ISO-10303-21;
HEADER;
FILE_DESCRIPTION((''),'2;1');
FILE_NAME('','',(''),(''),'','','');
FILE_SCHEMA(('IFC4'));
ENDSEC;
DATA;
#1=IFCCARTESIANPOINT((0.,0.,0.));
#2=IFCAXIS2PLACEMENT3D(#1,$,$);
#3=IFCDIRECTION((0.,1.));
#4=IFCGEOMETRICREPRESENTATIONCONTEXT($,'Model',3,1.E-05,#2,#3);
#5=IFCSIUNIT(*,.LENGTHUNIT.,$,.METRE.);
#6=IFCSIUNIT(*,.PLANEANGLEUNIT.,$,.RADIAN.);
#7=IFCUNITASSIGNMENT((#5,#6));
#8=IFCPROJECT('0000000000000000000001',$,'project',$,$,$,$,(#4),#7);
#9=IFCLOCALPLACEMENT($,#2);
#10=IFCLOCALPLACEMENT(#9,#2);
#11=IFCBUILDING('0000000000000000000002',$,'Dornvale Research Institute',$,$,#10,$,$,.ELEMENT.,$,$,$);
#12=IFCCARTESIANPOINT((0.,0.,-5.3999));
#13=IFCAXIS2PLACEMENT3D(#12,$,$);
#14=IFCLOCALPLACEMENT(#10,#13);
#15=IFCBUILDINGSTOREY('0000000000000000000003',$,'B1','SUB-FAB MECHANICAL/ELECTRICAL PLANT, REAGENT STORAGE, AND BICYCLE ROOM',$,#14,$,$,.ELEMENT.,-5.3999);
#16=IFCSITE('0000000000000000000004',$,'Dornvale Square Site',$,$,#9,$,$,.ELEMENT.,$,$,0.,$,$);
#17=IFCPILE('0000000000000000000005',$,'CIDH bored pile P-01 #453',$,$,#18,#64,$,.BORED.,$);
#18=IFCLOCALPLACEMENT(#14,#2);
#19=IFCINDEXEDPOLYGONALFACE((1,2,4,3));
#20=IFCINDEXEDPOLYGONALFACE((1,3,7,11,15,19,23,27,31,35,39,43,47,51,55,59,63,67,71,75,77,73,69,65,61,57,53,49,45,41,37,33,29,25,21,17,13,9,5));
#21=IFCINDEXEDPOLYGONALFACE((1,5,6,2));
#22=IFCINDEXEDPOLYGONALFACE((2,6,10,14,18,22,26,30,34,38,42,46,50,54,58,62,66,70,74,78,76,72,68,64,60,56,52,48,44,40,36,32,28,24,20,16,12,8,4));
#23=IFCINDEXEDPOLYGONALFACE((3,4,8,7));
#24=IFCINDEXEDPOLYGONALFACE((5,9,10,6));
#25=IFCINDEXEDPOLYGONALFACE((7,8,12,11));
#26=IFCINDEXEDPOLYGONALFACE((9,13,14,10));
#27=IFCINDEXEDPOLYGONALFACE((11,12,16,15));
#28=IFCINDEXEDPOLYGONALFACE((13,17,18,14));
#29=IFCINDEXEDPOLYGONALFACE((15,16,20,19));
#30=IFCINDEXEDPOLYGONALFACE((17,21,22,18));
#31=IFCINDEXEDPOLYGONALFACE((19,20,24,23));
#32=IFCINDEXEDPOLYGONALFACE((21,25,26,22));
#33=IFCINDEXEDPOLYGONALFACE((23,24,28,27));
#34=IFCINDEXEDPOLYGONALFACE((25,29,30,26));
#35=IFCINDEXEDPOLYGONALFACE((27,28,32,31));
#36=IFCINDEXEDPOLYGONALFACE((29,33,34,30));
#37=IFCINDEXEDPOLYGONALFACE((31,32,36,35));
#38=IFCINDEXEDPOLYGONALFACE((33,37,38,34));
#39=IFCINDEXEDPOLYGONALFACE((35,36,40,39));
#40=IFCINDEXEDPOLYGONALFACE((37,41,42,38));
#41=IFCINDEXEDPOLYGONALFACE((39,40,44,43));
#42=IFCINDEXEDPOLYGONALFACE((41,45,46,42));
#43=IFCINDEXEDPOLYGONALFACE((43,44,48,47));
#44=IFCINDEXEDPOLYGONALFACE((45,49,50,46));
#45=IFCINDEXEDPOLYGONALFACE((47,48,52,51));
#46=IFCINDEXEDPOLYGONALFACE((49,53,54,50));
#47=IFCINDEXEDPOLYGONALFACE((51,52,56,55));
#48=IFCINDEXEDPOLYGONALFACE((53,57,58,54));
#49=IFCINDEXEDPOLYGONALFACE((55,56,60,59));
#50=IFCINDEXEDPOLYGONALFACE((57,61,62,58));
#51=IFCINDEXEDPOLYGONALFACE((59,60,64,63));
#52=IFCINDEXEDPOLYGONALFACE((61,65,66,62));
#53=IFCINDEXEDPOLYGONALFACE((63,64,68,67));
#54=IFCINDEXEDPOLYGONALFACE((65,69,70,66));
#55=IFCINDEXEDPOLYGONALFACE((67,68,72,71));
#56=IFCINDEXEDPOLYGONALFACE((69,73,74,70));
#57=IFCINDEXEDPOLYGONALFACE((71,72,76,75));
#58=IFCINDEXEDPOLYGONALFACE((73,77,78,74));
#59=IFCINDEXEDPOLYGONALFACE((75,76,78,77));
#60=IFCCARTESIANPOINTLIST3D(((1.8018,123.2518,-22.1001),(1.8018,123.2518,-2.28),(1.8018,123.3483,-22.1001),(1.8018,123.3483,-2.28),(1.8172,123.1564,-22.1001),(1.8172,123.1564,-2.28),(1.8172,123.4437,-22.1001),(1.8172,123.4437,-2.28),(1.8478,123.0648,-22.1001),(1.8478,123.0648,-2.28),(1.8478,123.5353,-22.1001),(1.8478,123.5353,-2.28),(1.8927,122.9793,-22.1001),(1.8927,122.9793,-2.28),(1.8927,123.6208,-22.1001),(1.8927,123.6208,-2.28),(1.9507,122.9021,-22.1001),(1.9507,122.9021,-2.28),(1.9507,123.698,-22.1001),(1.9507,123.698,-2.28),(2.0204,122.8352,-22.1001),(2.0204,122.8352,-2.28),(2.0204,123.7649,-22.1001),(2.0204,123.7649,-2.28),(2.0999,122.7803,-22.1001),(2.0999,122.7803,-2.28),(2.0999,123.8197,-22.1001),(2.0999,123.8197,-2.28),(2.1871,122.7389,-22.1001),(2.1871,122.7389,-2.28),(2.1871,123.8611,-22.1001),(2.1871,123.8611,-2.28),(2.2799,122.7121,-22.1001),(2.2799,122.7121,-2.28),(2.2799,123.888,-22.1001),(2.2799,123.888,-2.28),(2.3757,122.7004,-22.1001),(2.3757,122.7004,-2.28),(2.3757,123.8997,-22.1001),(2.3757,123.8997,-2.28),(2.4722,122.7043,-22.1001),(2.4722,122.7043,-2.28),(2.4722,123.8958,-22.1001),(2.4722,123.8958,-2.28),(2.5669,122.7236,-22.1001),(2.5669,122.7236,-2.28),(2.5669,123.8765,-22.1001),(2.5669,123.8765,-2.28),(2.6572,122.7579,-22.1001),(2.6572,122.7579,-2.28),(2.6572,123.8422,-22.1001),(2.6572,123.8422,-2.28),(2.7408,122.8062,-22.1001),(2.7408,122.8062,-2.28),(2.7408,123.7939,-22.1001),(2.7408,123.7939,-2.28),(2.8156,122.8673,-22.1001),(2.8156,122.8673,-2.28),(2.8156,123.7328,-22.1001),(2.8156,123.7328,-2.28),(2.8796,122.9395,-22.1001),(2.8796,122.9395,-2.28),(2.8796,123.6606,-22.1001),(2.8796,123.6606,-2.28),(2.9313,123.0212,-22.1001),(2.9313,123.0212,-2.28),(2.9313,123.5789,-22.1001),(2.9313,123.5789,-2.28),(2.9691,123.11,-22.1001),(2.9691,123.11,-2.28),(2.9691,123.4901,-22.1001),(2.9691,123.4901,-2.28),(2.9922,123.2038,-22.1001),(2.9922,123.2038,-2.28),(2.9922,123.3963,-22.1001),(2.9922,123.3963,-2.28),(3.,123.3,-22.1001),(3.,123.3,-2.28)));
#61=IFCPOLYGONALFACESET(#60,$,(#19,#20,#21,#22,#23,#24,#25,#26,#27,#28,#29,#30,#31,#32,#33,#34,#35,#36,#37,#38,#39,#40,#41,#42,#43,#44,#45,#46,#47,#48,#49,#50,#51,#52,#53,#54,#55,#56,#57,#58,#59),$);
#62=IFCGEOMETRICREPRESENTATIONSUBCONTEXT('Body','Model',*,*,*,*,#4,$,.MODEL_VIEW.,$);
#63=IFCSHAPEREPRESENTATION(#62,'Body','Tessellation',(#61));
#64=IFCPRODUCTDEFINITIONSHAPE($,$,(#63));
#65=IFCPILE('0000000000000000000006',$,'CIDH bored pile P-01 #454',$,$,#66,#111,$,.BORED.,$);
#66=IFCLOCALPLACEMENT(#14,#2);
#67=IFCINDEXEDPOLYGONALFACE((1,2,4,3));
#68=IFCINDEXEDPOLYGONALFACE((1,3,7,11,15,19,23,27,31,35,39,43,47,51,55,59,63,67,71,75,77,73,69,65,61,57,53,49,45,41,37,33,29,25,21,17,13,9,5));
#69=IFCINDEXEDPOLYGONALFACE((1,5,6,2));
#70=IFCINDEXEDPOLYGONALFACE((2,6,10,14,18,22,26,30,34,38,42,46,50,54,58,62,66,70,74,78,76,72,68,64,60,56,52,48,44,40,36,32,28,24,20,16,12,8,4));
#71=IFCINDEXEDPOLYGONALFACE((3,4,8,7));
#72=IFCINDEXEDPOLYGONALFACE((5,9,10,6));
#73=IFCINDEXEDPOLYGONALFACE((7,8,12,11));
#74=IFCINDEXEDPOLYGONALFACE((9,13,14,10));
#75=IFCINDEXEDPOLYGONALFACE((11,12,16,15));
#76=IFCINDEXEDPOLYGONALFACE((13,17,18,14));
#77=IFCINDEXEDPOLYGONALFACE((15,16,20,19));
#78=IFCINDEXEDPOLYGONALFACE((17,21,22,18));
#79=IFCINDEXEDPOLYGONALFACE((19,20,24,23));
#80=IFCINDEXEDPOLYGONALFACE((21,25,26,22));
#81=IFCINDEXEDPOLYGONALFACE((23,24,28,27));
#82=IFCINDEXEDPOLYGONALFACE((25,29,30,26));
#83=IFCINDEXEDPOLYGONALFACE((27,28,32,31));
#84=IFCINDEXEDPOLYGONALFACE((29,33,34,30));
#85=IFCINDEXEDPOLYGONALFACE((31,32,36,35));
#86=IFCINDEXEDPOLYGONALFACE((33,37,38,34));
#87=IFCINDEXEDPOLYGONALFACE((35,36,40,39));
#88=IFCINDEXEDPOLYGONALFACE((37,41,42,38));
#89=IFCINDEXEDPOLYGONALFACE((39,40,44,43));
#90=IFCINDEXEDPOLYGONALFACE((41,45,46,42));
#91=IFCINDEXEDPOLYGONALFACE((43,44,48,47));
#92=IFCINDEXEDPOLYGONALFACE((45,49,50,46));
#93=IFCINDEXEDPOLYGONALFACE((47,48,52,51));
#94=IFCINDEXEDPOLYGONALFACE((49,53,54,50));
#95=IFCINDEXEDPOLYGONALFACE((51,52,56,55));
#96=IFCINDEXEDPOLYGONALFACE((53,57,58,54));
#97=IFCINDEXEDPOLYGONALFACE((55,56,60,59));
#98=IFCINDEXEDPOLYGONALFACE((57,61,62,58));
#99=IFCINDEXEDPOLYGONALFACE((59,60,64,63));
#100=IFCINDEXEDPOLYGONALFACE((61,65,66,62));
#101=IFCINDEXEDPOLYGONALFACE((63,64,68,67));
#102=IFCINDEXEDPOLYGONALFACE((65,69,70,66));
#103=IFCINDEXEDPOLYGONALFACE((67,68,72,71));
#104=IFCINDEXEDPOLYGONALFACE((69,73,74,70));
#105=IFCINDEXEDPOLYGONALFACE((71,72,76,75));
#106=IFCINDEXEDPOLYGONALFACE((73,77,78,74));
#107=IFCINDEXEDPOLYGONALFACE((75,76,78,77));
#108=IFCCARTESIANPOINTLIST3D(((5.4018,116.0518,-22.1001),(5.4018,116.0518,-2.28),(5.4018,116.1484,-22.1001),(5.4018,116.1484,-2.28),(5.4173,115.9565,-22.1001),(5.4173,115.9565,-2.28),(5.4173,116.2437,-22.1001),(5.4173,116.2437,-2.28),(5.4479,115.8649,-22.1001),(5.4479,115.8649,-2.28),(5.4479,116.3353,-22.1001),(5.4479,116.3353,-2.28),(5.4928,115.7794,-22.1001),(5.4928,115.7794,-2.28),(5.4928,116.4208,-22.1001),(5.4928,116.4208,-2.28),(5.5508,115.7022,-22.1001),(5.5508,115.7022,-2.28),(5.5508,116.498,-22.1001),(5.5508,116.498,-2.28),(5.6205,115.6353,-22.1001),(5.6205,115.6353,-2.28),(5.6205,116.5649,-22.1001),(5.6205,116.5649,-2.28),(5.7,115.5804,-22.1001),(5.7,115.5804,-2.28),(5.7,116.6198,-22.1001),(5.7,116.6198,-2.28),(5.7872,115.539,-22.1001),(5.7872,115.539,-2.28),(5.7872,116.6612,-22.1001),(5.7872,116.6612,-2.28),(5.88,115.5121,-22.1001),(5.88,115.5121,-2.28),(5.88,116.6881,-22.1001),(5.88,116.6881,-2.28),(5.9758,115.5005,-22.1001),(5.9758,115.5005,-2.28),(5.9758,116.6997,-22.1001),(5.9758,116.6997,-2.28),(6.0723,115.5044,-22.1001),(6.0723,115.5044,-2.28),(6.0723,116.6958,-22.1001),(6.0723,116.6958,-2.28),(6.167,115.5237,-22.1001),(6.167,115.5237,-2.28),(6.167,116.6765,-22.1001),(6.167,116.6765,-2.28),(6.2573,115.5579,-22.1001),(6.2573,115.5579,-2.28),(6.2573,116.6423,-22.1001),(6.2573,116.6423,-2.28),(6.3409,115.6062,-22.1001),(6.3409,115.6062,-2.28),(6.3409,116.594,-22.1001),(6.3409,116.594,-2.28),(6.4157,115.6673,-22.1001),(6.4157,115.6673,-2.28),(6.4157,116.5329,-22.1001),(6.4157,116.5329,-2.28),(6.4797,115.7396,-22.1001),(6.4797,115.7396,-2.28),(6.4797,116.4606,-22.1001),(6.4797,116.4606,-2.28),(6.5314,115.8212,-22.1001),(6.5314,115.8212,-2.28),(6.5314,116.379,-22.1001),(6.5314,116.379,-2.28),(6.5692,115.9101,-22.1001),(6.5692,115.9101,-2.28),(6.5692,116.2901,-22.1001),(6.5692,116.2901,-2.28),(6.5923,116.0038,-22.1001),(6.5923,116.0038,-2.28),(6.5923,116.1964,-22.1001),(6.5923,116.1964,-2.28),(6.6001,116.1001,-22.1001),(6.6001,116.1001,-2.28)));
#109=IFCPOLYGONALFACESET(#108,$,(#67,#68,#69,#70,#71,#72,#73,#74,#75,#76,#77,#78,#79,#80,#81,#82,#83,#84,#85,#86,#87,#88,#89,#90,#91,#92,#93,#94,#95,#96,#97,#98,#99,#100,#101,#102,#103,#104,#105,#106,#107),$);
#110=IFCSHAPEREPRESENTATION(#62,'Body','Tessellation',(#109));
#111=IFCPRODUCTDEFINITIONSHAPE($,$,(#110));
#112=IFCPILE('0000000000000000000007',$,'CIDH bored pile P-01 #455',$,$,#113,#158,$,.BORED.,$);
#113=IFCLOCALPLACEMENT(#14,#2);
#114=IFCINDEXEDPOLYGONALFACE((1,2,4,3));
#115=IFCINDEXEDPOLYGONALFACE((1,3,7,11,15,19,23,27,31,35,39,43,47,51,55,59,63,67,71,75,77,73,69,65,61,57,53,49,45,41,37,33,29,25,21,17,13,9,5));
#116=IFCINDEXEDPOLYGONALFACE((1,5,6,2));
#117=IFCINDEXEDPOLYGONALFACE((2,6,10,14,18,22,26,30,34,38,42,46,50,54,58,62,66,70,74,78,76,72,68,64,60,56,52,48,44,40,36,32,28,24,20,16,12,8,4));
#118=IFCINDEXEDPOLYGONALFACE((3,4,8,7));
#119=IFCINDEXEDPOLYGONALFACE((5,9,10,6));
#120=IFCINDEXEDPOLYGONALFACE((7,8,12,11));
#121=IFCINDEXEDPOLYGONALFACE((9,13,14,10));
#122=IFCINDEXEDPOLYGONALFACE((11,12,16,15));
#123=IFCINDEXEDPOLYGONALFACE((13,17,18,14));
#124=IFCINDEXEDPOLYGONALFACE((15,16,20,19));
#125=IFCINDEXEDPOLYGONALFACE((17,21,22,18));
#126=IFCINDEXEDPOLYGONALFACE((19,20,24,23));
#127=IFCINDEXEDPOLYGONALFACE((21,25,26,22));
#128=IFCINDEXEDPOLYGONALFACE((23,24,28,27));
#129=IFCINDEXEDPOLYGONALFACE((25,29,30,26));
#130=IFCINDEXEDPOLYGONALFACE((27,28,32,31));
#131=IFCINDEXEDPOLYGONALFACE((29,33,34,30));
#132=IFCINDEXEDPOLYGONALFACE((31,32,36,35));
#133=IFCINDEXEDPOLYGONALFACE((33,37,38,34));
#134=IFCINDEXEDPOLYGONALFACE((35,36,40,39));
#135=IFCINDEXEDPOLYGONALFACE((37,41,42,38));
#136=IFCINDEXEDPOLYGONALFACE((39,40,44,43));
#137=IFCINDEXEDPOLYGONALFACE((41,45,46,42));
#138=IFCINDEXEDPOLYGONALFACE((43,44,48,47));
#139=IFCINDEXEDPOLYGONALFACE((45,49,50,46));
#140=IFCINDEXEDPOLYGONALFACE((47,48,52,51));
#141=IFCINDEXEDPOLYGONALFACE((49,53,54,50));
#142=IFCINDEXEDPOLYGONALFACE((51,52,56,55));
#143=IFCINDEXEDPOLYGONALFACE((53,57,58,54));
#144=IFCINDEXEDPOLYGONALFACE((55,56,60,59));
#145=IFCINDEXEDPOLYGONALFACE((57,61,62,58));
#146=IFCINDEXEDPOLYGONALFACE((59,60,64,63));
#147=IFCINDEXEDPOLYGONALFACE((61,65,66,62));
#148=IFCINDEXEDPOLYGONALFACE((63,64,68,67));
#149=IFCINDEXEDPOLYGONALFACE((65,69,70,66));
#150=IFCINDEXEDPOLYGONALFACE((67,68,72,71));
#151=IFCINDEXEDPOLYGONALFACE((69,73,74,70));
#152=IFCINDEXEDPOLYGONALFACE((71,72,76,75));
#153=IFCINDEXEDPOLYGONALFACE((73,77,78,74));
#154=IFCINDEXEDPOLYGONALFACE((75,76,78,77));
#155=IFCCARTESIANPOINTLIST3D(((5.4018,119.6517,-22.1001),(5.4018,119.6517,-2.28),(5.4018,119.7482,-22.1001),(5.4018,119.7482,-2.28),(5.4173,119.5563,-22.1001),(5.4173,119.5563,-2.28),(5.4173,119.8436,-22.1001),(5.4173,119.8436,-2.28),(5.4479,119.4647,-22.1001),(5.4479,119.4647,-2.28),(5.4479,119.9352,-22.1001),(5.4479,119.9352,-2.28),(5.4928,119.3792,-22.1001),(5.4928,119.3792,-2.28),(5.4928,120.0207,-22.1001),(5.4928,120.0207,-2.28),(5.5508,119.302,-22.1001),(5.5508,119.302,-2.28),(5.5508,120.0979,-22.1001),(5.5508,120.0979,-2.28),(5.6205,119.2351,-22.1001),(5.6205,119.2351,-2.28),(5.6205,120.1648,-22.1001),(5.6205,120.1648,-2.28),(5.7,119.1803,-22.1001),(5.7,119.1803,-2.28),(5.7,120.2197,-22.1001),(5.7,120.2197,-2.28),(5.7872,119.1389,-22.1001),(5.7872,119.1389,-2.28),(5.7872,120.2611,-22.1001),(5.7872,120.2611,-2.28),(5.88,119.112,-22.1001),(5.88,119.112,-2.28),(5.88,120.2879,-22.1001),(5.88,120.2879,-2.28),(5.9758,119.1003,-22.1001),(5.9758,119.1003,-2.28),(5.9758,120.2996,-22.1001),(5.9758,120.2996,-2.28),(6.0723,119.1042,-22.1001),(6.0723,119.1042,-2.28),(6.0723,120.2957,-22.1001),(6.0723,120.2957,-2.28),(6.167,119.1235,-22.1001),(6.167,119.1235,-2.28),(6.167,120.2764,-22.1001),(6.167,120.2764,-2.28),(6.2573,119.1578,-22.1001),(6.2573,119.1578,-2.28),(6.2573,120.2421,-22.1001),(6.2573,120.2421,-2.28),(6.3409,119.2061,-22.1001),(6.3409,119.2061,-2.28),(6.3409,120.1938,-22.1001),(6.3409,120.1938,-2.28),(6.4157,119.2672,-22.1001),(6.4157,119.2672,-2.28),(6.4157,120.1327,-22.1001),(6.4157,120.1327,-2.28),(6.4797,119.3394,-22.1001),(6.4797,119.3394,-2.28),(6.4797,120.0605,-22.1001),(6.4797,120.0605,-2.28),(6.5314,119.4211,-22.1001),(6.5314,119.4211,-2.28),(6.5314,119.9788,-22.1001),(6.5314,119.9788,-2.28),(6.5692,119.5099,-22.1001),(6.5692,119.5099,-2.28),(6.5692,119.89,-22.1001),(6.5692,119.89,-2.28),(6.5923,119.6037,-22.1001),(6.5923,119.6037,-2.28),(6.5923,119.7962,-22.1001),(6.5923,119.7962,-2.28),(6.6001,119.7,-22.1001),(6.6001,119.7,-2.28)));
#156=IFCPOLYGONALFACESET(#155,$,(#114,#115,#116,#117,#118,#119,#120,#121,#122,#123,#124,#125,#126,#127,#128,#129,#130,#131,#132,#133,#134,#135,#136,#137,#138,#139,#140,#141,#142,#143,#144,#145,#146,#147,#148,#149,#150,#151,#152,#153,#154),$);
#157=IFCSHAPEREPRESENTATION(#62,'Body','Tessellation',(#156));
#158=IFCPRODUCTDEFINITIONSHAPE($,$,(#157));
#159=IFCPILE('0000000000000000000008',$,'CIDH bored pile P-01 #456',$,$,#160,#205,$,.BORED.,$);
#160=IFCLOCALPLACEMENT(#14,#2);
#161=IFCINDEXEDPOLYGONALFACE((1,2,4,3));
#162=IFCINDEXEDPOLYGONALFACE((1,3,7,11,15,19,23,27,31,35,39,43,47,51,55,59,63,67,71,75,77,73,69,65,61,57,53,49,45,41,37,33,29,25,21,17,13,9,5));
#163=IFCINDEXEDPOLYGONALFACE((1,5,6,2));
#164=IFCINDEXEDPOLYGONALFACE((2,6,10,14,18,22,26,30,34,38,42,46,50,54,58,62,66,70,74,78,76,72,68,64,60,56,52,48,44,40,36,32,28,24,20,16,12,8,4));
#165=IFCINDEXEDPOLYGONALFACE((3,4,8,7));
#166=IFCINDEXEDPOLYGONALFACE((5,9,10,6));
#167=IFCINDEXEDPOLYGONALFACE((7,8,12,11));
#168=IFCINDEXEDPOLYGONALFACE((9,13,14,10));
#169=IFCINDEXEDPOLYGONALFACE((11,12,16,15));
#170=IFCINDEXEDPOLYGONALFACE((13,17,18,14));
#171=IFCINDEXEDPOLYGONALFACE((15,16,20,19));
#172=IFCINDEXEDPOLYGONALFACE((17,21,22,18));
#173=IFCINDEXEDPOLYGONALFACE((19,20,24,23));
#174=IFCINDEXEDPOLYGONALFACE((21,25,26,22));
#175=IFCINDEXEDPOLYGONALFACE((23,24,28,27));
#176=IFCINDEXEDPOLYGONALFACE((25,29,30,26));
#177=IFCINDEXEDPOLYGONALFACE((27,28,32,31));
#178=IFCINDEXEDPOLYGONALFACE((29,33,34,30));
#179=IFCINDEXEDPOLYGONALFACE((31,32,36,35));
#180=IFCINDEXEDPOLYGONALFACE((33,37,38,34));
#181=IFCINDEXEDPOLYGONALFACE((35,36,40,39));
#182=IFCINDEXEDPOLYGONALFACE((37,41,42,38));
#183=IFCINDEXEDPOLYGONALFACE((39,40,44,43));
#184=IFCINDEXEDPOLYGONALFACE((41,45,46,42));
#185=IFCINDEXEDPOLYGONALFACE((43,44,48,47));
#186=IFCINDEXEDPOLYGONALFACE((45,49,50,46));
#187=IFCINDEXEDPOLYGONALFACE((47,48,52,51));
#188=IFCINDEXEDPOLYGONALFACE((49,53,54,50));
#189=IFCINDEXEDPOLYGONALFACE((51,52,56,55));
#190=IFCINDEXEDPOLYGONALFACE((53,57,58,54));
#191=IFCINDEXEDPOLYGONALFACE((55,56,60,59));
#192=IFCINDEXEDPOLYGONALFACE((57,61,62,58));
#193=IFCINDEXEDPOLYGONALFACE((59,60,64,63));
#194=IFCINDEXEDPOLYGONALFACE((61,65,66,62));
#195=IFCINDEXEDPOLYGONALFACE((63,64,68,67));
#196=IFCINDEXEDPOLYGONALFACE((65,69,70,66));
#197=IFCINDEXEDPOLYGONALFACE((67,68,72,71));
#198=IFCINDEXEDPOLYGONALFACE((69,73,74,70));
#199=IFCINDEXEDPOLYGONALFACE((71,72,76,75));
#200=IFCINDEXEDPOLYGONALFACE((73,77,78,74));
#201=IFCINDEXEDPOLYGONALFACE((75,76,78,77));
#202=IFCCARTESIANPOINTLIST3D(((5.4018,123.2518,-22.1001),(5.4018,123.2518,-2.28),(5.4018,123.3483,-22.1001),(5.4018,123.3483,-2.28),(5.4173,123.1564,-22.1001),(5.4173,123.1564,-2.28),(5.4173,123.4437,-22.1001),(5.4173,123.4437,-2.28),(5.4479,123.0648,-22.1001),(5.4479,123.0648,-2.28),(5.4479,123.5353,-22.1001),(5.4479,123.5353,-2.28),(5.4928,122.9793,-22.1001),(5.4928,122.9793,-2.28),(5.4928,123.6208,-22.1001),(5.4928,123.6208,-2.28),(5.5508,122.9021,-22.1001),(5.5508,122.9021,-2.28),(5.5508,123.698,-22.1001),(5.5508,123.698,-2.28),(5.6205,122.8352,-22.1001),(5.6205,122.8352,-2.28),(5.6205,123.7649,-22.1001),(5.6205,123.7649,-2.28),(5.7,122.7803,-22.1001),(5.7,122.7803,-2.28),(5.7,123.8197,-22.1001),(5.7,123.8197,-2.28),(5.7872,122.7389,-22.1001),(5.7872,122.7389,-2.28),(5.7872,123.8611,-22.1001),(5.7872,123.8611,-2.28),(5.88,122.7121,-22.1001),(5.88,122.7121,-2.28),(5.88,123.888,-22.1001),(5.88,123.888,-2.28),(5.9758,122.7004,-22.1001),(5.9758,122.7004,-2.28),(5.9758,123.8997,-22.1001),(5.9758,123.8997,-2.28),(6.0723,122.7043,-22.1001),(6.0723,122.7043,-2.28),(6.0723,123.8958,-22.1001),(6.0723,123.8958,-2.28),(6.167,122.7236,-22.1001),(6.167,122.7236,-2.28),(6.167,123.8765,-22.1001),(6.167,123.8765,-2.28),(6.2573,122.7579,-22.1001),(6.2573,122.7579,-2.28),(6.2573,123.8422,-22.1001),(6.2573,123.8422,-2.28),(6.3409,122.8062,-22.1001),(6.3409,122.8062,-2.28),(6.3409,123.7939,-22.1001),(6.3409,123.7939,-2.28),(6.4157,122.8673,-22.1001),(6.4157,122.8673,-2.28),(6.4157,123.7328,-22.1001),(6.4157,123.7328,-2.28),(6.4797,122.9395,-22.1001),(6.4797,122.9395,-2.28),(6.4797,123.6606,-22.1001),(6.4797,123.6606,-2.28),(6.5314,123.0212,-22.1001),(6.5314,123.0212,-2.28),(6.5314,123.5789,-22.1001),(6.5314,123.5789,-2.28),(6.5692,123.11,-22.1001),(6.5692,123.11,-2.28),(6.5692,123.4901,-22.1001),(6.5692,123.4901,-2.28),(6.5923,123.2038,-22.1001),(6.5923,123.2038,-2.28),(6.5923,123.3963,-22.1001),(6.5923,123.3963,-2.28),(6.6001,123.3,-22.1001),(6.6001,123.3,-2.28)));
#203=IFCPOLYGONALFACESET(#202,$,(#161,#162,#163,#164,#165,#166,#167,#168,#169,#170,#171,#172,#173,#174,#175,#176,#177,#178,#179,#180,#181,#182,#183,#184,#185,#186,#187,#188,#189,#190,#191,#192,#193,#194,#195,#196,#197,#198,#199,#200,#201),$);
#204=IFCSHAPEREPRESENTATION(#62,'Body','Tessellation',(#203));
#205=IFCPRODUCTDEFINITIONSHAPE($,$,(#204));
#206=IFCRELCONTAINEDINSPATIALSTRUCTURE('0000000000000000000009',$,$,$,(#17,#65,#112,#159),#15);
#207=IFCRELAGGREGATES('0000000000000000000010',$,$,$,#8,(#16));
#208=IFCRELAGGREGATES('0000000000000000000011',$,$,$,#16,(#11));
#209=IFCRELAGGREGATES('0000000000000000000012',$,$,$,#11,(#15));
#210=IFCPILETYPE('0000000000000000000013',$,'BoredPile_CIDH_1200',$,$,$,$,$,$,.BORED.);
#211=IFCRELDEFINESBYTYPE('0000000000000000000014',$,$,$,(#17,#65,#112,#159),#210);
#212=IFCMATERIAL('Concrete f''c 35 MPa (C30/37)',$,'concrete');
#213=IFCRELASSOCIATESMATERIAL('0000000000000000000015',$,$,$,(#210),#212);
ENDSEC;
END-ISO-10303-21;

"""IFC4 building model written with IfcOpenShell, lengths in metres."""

from ifc_helpers import new_model, si_unit, direction, frame, origin, origin_2d, place, context, subcontext, project, spatial, circle, extrude, material, material_profile, profile_set, type_object, element, save


model = new_model("IFC4")

# Units and contexts
model_context = context("Model", 3, precision=1e-05, world=origin(), true_north=direction((0.0, 1.0)))
body_context = subcontext(model_context, "Body", "Model", "MODEL_VIEW")
ifc_project = project(units=[si_unit("LENGTHUNIT", "METRE"), si_unit("PLANEANGLEUNIT", "RADIAN")], contexts=[model_context])

# Site, building, storey
site_placement = place(None, origin())
site = spatial("IfcSite", under=ifc_project, at=site_placement, Name="Dornvale Square Site", CompositionType="ELEMENT", RefElevation=0.0)
building_placement = place(site_placement, origin())
building = spatial("IfcBuilding", under=site, at=building_placement, Name="Dornvale Research Institute", CompositionType="ELEMENT")
storey_placement = place(building_placement, frame((0.0, 0.0, -5.3999)))
storey = spatial("IfcBuildingStorey", under=building, at=storey_placement, Name="B1", Description="SUB-FAB MECHANICAL/ELECTRICAL PLANT, REAGENT STORAGE, AND BICYCLE ROOM", CompositionType="ELEMENT", Elevation=-5.3999)

# Piles
ifc_material_1 = material(Name="Concrete f'c 35 MPa (C30/37)", Category="concrete")
ifc_material_profile_1 = material_profile(ifc_material_1, circle(Radius=0.6001, at=origin_2d()), Name="CIDH PILE D1200")
ifc_profile_set_1 = profile_set([ifc_material_profile_1], Name="Concrete f'c 35 MPa (C30/37)")
pile_type = type_object("IfcPileType", Name="BoredPile_CIDH_1200", PredefinedType="BORED", material=ifc_profile_set_1)
for number, where, z_axis, x_axis, name in (
    (1, (2.3999, 123.3, -2.28), (0.0, 0.0, -1.0), (1.0, 0.0, 0.0), "CIDH bored pile P-01 #453"),
    (2, (6.0, 116.1001, -2.28), (0.0, 0.0, -1.0), (1.0, 0.0, 0.0), "CIDH bored pile P-01 #454"),
    (3, (6.0, 119.7, -2.28), (0.0, 0.0, -1.0), (1.0, 0.0, 0.0), "CIDH bored pile P-01 #455"),
    (4, (6.0, 123.3, -2.28), (0.0, 0.0, -1.0), (1.0, 0.0, 0.0), "CIDH bored pile P-01 #456"),
):
    element("IfcPile", number, at=place(storey_placement, frame(where, z_axis=z_axis, x_axis=x_axis)), inside=storey, type_object=pile_type, Name=name, PredefinedType="BORED", context=body_context, shape_type="SweptSolid", body=[
        extrude(circle(Radius=0.6001, at=origin_2d()), origin(), (0.0, 0.0, 1.0), 19.8201),
    ])

save(model, "model.ifc")
